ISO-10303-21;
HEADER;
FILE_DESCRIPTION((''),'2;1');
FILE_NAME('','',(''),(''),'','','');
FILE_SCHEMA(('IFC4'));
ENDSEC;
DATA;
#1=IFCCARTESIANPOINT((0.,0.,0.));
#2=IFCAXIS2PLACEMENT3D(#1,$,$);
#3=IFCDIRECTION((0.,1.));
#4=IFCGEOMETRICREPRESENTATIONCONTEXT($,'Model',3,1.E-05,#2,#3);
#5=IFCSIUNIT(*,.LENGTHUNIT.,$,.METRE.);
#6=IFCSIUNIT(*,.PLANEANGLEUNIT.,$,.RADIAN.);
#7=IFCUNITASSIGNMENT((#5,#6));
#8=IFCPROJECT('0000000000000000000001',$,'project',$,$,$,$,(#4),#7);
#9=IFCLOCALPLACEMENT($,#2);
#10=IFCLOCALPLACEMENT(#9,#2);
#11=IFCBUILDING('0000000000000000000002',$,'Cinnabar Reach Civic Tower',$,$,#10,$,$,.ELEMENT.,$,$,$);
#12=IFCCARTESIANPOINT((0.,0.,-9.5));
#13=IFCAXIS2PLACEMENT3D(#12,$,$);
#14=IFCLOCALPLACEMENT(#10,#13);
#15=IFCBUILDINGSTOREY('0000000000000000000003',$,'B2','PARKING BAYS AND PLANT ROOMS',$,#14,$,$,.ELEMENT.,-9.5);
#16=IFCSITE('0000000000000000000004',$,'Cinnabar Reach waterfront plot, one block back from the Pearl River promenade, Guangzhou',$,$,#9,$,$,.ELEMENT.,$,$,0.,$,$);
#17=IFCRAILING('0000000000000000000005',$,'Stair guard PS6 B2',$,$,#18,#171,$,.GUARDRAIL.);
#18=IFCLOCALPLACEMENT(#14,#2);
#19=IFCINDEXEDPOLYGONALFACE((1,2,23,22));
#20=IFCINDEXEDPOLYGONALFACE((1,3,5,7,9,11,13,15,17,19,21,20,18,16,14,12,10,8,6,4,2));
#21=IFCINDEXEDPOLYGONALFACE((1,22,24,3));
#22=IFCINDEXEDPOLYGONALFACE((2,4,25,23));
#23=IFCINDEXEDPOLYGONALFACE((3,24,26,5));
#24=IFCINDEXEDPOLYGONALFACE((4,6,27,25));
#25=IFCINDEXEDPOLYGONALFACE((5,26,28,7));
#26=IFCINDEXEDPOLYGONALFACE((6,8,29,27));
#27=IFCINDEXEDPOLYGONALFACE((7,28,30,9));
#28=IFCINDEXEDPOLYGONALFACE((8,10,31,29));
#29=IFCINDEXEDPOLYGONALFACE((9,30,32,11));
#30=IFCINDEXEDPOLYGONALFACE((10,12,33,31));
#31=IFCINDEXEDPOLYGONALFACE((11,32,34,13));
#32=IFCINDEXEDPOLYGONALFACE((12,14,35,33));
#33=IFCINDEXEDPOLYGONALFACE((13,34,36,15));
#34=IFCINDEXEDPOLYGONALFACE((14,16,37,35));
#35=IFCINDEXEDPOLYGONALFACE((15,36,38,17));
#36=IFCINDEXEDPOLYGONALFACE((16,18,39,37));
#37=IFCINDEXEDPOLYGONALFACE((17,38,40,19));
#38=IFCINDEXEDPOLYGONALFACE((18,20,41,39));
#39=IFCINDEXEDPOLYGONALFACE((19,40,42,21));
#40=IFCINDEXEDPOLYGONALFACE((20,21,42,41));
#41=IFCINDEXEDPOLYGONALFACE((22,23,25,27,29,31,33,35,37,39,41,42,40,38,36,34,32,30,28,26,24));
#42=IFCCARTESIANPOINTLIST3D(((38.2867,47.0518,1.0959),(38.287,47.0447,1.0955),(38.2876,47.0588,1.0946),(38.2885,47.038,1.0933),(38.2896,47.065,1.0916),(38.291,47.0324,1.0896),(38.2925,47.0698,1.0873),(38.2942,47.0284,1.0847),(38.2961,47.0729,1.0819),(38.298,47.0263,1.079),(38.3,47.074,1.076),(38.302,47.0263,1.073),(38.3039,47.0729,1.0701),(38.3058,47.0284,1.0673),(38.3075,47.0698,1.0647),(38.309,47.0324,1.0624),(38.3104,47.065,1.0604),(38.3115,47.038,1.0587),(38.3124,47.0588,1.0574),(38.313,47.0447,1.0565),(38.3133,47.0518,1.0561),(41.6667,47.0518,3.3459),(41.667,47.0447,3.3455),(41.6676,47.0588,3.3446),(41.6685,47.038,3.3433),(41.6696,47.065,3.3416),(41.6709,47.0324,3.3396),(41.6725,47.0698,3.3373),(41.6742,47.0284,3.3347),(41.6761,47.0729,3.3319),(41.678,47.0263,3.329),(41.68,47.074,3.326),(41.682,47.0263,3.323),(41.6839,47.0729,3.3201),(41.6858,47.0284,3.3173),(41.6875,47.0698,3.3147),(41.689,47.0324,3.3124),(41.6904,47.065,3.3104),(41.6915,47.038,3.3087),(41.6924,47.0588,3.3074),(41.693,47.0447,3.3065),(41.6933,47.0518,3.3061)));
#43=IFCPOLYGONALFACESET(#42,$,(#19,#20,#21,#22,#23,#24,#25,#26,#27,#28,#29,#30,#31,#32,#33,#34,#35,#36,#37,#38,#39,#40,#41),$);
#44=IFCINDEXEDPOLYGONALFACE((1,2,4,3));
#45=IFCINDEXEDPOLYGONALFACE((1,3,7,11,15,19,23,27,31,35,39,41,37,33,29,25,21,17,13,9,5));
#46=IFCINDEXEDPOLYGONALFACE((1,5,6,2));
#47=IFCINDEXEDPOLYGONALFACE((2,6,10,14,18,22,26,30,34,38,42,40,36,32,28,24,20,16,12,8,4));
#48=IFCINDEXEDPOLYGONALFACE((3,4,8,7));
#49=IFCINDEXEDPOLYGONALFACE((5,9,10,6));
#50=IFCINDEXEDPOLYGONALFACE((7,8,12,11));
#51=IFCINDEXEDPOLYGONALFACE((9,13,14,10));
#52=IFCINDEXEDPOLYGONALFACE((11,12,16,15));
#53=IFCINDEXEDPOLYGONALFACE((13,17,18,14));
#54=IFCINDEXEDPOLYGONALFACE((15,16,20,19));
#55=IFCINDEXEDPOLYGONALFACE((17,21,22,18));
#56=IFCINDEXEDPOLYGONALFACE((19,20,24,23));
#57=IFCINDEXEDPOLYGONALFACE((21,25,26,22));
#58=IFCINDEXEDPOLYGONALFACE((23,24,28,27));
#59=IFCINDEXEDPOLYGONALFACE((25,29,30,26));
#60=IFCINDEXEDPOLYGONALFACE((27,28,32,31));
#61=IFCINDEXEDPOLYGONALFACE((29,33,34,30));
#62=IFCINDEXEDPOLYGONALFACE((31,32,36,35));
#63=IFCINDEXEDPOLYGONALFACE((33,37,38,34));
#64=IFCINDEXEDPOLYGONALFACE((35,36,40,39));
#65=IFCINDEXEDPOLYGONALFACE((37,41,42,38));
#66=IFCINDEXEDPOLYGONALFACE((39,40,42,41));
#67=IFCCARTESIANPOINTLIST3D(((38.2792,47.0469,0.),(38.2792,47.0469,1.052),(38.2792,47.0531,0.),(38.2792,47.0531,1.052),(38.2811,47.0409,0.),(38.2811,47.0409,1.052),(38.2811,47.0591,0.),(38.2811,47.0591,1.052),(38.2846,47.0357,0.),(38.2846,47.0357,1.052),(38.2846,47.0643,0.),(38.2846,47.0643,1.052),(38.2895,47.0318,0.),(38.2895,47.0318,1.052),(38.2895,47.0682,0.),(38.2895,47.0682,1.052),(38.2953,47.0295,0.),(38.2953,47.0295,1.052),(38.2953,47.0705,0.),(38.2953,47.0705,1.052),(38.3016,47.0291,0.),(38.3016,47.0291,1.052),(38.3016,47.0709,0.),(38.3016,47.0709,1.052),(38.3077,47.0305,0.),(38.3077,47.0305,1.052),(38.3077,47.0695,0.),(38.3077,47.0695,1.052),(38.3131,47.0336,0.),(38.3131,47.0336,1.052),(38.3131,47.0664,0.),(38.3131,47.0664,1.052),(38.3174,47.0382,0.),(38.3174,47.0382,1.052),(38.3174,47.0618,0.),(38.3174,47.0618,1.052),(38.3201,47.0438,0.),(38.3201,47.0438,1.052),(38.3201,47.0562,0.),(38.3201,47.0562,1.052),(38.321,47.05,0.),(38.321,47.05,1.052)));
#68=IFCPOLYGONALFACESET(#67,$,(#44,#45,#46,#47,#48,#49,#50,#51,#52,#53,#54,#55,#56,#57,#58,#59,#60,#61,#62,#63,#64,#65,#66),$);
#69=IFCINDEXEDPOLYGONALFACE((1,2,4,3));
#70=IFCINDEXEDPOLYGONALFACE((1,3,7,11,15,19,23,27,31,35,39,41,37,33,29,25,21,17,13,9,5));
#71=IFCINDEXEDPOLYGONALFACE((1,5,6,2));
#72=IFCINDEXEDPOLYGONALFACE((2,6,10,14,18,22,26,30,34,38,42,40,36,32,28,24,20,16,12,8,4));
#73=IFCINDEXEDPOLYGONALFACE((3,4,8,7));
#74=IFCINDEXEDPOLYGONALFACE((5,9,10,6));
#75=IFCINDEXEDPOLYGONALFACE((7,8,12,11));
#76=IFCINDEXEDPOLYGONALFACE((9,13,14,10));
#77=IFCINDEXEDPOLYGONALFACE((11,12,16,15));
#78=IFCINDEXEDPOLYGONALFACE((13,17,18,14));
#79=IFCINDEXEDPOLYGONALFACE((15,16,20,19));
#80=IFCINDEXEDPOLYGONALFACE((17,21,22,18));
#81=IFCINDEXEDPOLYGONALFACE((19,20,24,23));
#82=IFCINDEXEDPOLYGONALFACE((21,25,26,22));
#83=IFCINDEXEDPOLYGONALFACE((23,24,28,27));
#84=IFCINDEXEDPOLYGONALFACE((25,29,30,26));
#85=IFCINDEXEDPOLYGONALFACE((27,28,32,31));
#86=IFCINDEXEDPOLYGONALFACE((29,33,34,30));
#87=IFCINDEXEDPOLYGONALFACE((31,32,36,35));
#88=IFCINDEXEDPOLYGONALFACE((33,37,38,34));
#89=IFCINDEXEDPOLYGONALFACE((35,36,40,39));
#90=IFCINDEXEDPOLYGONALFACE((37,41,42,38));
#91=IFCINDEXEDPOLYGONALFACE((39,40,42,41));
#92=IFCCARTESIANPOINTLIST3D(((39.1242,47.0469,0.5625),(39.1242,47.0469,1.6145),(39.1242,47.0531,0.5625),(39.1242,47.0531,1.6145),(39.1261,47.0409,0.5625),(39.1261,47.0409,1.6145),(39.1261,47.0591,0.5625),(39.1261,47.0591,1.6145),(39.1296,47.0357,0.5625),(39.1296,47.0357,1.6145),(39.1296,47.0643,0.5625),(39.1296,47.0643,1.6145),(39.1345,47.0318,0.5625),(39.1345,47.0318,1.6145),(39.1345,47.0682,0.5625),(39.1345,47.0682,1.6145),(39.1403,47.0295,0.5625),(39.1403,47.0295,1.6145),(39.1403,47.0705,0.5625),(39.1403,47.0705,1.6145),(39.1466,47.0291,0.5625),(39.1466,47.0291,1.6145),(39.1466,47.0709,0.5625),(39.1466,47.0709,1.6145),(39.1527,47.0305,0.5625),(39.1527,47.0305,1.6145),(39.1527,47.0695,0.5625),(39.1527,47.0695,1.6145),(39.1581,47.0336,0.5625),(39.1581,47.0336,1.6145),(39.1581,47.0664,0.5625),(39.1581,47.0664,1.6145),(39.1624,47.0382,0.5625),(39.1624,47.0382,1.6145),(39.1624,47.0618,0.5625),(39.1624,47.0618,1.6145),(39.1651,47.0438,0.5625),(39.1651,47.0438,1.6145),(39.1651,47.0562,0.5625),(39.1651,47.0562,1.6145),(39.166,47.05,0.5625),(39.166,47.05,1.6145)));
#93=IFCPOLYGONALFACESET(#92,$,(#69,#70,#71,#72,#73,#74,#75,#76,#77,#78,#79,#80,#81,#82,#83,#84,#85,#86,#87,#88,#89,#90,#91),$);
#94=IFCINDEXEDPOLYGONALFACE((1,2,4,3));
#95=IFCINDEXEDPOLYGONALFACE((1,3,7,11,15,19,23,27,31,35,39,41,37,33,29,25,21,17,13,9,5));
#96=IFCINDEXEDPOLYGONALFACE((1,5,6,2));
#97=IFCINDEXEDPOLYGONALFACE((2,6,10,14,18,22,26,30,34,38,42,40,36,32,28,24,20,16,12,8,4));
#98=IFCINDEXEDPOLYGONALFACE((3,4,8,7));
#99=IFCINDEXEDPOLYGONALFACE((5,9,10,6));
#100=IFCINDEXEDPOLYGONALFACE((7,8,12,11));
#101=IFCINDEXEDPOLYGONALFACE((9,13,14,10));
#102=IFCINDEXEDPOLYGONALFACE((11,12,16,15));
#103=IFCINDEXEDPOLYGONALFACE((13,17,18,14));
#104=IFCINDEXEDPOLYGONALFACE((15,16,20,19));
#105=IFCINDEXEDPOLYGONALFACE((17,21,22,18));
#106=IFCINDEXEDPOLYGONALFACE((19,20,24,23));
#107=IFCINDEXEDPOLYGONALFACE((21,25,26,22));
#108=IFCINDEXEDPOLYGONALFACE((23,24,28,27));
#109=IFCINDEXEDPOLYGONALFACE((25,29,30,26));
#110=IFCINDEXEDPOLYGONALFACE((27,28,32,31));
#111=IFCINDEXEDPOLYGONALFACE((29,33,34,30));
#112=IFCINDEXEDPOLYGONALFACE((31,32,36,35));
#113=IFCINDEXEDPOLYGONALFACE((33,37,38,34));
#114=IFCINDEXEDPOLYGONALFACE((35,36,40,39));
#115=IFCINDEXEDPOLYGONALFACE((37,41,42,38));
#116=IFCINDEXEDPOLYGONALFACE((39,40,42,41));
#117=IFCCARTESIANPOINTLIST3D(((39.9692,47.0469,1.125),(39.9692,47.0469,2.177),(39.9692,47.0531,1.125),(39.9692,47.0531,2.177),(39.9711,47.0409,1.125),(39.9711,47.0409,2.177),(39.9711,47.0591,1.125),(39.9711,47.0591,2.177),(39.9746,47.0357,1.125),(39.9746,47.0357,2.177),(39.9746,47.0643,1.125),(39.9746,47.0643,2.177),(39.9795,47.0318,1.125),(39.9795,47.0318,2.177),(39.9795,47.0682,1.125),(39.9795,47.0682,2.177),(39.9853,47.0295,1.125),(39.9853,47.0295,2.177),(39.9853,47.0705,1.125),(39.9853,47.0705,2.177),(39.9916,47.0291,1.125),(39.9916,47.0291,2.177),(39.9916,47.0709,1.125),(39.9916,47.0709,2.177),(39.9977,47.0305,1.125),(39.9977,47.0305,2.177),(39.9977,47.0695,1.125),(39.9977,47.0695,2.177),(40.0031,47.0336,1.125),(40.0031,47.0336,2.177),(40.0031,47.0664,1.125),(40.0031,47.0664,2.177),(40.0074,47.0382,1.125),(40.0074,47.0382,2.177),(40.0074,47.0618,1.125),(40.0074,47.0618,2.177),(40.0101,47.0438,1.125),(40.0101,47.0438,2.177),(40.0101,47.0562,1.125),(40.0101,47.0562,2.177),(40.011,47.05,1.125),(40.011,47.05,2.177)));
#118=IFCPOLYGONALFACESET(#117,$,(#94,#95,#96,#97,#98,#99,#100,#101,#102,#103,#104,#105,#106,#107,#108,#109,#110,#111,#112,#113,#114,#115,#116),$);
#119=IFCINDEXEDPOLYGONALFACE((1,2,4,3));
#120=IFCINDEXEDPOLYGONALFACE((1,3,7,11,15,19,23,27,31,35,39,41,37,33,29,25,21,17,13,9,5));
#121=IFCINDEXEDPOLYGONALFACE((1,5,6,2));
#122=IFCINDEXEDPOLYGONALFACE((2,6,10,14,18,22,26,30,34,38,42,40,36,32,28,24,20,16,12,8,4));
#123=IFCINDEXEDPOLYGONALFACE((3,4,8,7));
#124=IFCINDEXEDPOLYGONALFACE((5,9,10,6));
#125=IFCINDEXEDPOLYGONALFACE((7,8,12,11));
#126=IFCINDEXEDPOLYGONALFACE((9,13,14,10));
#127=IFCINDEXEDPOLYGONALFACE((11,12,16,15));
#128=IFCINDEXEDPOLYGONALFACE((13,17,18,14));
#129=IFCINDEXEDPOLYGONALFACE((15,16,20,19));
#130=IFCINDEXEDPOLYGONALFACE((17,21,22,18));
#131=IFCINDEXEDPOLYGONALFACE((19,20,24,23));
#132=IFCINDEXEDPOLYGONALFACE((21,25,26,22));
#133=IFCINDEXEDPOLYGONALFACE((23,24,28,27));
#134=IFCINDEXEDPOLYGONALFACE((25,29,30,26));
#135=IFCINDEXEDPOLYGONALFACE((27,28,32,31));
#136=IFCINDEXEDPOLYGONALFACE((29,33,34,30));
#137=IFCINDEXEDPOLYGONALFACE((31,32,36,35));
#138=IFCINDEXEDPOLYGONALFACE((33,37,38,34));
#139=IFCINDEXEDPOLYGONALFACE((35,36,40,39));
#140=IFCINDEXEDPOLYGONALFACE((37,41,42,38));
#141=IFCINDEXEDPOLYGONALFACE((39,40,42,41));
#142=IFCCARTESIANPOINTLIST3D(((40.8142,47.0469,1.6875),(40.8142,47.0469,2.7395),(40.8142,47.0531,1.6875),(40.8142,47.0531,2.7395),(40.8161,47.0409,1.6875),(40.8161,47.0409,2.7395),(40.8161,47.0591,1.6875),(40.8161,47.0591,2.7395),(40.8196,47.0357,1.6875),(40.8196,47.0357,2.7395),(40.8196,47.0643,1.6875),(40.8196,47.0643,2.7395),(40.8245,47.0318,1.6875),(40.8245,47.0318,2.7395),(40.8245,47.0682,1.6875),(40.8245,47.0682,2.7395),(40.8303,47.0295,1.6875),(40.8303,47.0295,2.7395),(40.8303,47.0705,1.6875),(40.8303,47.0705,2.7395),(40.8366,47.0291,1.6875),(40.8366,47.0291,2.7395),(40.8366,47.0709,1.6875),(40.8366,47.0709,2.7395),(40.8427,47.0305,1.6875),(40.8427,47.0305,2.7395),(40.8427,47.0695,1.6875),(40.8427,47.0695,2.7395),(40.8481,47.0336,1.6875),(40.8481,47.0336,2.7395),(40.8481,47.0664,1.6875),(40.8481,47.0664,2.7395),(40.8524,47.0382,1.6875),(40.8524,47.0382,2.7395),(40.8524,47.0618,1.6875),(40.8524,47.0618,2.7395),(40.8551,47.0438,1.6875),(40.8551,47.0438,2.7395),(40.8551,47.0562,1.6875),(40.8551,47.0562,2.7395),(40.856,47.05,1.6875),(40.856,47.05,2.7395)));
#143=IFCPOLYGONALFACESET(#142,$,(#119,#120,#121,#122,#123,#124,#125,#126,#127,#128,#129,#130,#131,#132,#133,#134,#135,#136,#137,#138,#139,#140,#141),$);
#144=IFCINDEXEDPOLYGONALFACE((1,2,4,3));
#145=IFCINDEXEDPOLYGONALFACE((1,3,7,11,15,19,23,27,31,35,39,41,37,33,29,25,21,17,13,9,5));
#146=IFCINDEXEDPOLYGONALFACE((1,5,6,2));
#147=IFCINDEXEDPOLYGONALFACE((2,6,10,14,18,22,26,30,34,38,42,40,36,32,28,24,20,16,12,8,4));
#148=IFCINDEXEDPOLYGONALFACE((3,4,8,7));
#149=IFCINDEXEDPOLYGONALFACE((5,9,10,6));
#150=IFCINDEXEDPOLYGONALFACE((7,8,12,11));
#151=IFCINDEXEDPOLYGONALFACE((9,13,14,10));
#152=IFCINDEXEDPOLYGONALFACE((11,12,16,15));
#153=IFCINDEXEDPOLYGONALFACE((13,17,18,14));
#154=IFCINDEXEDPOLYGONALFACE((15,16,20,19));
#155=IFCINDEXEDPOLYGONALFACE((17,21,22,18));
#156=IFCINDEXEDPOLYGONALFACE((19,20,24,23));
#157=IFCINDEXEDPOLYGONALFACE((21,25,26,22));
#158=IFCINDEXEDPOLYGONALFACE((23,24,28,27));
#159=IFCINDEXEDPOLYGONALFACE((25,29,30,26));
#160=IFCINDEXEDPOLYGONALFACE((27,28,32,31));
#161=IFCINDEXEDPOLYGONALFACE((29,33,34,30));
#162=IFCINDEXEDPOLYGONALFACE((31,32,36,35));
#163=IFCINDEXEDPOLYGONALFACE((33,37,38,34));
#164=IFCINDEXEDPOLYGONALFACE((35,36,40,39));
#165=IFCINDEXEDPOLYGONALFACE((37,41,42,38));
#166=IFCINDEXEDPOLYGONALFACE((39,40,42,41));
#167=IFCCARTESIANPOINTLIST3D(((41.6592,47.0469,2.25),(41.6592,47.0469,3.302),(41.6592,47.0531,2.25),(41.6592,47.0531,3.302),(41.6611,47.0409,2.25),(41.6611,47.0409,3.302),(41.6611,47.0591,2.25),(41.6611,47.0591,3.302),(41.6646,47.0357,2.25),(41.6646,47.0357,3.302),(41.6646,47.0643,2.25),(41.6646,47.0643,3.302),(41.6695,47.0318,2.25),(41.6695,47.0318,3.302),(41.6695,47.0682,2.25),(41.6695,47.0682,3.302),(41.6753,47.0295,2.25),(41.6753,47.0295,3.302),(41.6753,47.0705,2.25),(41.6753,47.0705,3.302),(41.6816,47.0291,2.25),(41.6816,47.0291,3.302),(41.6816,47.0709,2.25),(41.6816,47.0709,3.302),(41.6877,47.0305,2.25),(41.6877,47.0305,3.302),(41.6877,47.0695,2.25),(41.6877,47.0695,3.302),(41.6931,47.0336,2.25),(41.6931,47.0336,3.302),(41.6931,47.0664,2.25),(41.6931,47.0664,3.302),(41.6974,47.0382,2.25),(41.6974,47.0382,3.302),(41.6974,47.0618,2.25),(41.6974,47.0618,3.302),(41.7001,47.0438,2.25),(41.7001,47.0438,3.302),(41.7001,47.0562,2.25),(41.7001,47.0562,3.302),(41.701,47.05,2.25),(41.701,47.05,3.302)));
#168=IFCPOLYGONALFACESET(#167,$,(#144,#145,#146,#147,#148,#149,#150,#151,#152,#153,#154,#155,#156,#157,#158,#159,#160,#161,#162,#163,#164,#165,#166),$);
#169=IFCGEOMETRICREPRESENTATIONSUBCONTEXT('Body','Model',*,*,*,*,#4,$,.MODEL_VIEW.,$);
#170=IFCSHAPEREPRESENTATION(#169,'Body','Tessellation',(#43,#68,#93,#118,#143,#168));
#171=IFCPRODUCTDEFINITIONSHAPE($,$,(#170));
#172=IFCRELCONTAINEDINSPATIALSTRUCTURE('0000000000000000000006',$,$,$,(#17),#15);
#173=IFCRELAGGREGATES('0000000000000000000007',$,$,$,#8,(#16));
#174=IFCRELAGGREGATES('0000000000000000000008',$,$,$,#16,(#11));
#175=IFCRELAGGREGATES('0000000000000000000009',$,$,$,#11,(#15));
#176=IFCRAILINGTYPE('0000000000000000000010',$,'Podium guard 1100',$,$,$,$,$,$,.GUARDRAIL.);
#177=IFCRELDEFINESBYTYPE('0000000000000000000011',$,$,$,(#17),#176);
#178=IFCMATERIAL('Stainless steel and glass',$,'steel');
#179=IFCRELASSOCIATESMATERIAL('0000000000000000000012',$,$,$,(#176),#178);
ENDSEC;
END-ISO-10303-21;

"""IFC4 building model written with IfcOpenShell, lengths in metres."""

from ifc_helpers import new_model, si_unit, direction, frame, origin, origin_2d, place, context, subcontext, project, spatial, circle, extrude, material, type_object, element, save


model = new_model("IFC4")

# Units and contexts
model_context = context("Model", 3, precision=1e-05, world=origin(), true_north=direction((0.0, 1.0)))
body_context = subcontext(model_context, "Body", "Model", "MODEL_VIEW")
ifc_project = project(units=[si_unit("LENGTHUNIT", "METRE"), si_unit("PLANEANGLEUNIT", "RADIAN")], contexts=[model_context])

# Site, building, storey
site_placement = place(None, origin())
site = spatial("IfcSite", under=ifc_project, at=site_placement, Name="Cinnabar Reach waterfront plot, one block back from the Pearl River promenade, Guangzhou", CompositionType="ELEMENT", RefElevation=0.0)
building_placement = place(site_placement, origin())
building = spatial("IfcBuilding", under=site, at=building_placement, Name="Cinnabar Reach Civic Tower", CompositionType="ELEMENT")
storey_placement = place(building_placement, frame((0.0, 0.0, -9.5)))
storey = spatial("IfcBuildingStorey", under=building, at=storey_placement, Name="B2", Description="PARKING BAYS AND PLANT ROOMS", CompositionType="ELEMENT", Elevation=-9.5)

# Railing
ifc_material_1 = material(Name="Stainless steel and glass", Category="steel")
railing_type_1 = type_object("IfcRailingType", Name="Podium guard 1100", PredefinedType="GUARDRAIL", material=ifc_material_1)
railing_1_placement = place(storey_placement, frame((38.3, 47.05, 0.0)))
element("IfcRailing", 1, at=railing_1_placement, inside=storey, type_object=railing_type_1, Name="Stair guard PS6 B2", PredefinedType="GUARDRAIL", context=body_context, shape_type="SweptSolid", body=[
    extrude(circle(Radius=0.024, at=origin_2d()), frame((0.0, 0.0, 1.076), z_axis=(0.832429, 0.0, 0.554132), x_axis=(0.0, 1.0, 0.0)), (0.0, 0.0, 1.0), 4.0604),
    extrude(circle(Radius=0.021, at=origin_2d()), origin(), (0.0, 0.0, 1.0), 1.052),
    extrude(circle(Radius=0.021, at=origin_2d()), frame((0.845, 0.0, 0.5625)), (0.0, 0.0, 1.0), 1.052),
    extrude(circle(Radius=0.021, at=origin_2d()), frame((1.69, 0.0, 1.125)), (0.0, 0.0, 1.0), 1.052),
    extrude(circle(Radius=0.021, at=origin_2d()), frame((2.535, 0.0, 1.6875)), (0.0, 0.0, 1.0), 1.052),
    extrude(circle(Radius=0.021, at=origin_2d()), frame((3.38, 0.0, 2.25)), (0.0, 0.0, 1.0), 1.052),
])

save(model, "model.ifc")
